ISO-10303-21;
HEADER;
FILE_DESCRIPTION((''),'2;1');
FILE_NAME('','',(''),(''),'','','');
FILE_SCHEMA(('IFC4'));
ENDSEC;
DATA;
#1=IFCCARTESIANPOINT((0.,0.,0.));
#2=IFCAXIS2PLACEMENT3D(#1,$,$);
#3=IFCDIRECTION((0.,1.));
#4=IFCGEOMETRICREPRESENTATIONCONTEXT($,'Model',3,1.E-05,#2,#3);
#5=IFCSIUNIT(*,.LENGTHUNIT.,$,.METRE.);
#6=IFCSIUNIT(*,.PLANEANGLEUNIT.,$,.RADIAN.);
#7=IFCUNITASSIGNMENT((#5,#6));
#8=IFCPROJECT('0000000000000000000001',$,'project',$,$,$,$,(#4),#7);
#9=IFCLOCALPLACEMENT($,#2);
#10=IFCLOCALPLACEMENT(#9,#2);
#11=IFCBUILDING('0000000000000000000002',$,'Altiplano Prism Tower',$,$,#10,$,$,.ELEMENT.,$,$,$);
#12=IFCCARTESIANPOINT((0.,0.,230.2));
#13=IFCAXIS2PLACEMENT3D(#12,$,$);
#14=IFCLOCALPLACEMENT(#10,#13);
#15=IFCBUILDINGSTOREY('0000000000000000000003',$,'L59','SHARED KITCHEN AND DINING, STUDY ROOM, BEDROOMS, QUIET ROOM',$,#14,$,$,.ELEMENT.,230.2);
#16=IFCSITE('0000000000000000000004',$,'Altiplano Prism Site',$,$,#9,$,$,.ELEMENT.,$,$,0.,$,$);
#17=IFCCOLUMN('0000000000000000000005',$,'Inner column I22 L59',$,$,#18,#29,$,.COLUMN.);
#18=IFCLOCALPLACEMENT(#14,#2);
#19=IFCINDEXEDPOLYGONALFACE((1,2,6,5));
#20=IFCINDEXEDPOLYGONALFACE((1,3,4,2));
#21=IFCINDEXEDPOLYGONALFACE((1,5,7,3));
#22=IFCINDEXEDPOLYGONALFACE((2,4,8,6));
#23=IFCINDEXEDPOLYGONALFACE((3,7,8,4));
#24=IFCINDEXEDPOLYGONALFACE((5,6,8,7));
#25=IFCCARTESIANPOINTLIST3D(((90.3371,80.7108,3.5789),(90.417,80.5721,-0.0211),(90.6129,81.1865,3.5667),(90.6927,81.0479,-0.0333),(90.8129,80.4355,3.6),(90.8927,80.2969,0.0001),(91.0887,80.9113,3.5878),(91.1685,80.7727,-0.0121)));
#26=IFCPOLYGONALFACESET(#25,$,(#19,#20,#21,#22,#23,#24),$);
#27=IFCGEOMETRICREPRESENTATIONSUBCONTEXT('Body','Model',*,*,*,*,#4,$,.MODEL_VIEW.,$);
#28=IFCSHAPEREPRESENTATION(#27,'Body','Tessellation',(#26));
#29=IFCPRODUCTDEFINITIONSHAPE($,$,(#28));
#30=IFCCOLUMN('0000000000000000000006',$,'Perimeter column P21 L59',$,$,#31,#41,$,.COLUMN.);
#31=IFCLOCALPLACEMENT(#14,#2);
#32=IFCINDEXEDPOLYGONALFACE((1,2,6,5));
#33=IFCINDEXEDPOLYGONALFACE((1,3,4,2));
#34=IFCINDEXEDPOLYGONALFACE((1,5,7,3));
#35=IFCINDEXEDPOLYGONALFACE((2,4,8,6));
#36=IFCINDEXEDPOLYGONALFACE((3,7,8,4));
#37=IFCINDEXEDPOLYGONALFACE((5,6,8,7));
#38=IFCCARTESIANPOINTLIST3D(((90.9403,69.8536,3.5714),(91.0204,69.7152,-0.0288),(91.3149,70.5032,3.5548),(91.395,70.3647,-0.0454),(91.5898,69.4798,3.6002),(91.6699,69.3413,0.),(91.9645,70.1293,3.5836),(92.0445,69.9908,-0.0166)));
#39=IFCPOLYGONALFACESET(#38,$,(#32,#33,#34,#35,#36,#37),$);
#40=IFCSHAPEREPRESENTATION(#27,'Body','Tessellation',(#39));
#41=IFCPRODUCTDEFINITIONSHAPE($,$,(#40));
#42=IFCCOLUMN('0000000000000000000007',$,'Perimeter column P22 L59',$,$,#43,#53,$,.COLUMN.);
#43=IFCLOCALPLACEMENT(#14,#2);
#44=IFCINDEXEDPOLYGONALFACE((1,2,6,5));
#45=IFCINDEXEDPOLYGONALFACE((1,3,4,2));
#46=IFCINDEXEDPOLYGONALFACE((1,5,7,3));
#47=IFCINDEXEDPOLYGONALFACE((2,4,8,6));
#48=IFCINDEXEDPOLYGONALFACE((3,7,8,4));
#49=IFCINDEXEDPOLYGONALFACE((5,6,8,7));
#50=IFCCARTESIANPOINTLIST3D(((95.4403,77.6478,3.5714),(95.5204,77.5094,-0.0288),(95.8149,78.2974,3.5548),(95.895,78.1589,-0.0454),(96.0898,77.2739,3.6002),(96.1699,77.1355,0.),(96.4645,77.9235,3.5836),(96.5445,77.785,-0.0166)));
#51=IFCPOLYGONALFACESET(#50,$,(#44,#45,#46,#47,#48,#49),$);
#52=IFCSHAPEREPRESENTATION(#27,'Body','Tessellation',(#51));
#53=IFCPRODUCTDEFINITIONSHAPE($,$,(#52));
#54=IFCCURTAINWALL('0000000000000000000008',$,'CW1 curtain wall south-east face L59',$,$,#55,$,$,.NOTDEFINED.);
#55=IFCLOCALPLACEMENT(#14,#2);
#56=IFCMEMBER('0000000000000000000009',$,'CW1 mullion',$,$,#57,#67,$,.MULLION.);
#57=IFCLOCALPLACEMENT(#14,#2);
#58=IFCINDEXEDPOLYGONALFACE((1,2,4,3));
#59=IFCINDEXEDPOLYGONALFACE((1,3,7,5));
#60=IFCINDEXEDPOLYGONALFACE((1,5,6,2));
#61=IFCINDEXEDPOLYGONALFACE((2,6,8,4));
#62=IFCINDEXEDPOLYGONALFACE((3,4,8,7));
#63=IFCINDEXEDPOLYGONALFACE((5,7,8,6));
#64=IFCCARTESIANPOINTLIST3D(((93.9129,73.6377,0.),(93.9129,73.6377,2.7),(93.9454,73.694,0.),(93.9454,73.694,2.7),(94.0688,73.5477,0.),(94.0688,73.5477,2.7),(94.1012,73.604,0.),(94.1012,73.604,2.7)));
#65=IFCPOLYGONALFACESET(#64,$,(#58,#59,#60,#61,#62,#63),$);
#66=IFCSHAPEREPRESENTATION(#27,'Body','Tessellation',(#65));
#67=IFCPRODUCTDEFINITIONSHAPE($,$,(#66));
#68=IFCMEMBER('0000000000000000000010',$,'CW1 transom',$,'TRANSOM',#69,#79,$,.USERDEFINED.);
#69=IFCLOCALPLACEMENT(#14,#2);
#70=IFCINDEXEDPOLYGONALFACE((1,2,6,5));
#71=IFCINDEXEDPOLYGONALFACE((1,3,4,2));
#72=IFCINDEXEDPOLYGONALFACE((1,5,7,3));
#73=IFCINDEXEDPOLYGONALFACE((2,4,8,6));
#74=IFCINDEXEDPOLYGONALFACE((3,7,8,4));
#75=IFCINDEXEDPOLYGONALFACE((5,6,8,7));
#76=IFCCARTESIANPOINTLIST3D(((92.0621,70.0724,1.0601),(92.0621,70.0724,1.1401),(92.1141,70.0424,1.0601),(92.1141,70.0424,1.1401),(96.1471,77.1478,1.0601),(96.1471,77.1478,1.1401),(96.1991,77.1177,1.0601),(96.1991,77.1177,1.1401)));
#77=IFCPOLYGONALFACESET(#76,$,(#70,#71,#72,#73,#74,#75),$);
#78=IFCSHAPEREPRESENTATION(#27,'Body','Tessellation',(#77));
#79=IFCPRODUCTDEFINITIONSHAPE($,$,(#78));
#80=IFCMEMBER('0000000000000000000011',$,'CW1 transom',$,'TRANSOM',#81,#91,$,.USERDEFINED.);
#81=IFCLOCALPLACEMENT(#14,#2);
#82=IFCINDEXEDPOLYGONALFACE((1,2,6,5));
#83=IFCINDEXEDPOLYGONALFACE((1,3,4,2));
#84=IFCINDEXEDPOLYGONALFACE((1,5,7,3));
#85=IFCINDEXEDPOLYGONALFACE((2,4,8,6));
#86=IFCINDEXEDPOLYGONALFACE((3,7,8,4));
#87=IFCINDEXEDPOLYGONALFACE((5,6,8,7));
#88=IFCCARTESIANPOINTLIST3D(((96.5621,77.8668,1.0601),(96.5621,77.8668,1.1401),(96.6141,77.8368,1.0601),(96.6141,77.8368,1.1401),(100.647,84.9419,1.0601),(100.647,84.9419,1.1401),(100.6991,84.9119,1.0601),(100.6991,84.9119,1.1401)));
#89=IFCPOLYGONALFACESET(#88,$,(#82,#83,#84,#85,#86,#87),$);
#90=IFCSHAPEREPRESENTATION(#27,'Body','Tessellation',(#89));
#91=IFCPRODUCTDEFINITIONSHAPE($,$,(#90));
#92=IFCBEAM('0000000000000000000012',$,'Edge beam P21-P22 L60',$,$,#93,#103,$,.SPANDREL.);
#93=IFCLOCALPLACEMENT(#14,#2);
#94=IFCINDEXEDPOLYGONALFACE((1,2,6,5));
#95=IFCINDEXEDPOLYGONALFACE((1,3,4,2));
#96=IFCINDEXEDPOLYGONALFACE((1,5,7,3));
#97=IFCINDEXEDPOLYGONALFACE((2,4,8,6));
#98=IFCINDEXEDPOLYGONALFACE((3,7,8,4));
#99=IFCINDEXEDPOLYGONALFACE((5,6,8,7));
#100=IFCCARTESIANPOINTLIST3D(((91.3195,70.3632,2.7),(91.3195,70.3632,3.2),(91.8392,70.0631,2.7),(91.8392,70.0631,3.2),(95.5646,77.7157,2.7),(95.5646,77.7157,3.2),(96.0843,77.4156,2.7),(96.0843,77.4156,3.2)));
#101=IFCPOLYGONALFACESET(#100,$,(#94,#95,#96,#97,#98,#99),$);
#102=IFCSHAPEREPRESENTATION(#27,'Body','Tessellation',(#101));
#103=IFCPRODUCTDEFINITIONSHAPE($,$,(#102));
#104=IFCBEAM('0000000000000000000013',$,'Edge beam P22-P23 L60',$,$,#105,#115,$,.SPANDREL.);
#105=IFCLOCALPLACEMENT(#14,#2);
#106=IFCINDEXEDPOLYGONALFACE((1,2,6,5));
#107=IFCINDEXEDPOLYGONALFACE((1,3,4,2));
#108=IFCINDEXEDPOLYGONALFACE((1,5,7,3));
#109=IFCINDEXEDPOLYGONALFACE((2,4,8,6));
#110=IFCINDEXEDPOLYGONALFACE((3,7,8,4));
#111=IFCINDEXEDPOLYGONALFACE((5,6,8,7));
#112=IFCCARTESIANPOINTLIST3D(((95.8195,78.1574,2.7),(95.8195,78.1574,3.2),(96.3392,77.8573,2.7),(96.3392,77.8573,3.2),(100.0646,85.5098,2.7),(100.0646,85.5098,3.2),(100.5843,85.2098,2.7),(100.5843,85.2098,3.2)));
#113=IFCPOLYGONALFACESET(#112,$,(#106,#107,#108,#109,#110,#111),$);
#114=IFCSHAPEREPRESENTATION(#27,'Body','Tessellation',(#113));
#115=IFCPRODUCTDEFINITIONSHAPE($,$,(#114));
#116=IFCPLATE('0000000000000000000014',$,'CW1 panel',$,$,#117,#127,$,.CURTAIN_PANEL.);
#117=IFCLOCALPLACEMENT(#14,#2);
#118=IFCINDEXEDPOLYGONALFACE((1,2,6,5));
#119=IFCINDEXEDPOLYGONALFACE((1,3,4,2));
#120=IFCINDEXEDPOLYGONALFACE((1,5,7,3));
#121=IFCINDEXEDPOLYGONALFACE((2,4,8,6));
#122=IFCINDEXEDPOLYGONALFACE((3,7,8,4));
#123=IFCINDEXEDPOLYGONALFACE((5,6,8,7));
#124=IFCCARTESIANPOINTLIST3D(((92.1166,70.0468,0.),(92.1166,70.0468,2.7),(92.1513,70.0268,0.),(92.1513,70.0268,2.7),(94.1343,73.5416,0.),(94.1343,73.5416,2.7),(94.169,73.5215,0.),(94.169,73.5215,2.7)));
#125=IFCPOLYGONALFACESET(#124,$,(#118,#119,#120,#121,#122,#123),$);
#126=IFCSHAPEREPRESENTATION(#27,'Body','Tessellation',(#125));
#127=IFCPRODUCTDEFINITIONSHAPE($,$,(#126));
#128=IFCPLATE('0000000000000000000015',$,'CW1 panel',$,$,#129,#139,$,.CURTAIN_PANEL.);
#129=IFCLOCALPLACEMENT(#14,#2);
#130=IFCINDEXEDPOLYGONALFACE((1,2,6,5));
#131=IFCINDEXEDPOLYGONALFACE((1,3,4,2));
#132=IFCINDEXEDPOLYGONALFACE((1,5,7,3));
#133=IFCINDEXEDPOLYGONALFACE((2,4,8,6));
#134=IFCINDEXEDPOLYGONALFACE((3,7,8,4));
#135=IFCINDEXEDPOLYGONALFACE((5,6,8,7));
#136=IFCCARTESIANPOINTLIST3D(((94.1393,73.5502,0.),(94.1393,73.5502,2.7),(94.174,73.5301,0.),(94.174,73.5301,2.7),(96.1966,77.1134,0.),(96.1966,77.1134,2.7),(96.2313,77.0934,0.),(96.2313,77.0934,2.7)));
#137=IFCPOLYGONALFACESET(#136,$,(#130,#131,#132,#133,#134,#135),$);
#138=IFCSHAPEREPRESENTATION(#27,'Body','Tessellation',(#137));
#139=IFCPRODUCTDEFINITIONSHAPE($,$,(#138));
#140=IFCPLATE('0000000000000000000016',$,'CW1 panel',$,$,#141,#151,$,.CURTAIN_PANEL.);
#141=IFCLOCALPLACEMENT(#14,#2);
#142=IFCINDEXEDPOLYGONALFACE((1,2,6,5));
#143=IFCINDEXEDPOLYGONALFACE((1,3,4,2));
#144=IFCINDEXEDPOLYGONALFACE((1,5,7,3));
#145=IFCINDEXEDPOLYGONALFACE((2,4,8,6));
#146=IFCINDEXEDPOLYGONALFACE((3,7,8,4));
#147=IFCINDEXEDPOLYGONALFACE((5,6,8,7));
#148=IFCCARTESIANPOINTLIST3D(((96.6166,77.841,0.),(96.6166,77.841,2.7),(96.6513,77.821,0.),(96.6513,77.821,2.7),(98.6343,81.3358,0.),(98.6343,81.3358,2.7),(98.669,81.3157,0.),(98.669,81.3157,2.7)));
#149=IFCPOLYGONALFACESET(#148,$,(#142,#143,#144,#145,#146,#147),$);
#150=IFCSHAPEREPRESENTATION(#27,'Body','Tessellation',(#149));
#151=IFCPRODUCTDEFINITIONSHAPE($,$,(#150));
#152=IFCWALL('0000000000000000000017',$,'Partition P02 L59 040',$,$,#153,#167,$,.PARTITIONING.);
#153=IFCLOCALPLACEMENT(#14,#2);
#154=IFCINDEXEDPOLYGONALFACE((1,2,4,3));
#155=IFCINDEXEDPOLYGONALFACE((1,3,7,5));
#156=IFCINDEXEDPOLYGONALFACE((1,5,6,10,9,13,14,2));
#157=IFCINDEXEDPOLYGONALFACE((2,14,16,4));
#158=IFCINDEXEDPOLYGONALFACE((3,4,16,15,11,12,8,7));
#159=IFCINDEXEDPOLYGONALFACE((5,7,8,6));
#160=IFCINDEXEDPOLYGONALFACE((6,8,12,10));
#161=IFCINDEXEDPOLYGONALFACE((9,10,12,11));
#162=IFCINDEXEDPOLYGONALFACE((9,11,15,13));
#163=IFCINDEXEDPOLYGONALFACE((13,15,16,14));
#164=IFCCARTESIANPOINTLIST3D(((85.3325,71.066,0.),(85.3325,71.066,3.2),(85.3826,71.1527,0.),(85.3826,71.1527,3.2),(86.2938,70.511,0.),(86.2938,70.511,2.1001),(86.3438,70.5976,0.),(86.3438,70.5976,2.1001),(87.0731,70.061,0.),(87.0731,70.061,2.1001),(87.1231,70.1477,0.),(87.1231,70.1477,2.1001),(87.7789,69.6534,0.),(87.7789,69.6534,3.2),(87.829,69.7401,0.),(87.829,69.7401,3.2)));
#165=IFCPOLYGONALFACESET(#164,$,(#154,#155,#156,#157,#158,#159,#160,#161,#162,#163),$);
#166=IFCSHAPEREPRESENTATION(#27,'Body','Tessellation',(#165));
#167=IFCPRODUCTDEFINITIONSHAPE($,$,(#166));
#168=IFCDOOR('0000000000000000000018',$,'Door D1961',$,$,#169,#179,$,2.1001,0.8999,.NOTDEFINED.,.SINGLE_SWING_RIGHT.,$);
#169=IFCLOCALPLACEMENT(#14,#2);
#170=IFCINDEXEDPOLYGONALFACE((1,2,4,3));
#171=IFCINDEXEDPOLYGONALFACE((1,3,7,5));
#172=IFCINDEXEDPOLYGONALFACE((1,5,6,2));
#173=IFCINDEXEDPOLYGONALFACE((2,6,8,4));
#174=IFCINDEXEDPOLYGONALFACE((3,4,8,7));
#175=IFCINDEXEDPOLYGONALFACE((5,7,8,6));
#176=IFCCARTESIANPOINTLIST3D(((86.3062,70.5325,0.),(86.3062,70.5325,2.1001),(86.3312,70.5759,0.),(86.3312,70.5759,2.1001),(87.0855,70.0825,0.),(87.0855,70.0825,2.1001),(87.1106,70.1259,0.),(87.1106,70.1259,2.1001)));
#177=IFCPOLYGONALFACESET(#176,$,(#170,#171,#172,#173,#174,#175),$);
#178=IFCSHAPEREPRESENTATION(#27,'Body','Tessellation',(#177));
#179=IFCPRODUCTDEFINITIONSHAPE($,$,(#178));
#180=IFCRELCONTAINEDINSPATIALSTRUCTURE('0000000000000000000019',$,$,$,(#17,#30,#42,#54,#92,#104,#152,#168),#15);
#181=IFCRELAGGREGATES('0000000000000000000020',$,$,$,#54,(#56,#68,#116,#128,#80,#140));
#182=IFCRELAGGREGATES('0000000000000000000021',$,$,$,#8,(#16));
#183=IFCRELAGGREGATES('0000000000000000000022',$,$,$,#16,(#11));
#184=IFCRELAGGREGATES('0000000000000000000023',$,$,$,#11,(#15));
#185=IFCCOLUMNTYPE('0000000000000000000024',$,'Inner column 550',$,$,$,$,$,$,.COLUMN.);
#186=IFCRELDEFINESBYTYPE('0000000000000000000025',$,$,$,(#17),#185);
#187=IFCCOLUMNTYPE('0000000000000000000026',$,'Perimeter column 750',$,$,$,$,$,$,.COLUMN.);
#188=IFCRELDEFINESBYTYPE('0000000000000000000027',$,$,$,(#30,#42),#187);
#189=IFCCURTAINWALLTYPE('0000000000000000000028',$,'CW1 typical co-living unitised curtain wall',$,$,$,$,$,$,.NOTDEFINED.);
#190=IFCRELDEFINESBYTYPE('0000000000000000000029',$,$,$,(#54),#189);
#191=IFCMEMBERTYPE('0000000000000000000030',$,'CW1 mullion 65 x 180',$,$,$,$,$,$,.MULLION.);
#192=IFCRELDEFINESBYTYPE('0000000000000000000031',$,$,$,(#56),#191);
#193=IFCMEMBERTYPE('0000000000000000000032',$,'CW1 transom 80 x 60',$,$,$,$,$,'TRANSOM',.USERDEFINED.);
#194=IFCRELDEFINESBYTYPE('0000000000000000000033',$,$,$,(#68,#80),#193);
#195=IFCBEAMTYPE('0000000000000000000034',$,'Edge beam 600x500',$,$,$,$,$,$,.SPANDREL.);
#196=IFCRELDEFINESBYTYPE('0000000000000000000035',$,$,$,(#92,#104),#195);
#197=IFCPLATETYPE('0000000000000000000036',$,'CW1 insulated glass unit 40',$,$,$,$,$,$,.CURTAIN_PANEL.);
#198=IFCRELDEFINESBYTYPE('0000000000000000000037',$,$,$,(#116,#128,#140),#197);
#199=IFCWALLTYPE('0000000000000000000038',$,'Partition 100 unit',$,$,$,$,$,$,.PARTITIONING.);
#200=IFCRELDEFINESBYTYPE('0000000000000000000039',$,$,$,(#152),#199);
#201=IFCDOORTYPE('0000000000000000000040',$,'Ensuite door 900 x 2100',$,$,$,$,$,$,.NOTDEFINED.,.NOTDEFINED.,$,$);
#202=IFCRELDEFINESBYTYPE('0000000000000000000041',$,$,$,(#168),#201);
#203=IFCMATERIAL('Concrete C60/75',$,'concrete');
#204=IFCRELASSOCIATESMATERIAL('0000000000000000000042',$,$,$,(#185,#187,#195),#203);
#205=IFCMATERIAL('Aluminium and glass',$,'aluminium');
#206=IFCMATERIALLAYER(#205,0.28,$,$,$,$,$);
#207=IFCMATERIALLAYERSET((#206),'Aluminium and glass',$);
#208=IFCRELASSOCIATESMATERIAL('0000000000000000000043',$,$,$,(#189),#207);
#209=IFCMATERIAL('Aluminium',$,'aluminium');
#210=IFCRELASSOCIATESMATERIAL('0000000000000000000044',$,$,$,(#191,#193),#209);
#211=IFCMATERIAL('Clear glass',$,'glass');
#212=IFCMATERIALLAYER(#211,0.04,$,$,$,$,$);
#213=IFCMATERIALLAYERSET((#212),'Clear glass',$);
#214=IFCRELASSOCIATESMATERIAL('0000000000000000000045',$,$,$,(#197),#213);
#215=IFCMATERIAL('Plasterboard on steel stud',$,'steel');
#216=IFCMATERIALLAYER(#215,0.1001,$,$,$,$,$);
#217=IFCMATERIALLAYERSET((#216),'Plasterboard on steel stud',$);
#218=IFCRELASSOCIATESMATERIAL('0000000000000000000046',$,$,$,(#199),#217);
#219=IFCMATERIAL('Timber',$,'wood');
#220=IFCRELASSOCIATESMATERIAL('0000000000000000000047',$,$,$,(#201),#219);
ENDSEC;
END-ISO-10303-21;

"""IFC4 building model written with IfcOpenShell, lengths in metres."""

from ifc_helpers import new_model, si_unit, direction, frame, frame_2d, origin, origin_2d, place, context, subcontext, project, spatial, rectangle, extrude, material, layer, layer_set, material_profile, profile_set, type_object, element, fill, aggregate, save


model = new_model("IFC4")

# Units and contexts
model_context = context("Model", 3, precision=1e-05, world=origin(), true_north=direction((0.0, 1.0)))
body_context = subcontext(model_context, "Body", "Model", "MODEL_VIEW")
ifc_project = project(units=[si_unit("LENGTHUNIT", "METRE"), si_unit("PLANEANGLEUNIT", "RADIAN")], contexts=[model_context])

# Site, building, storey
site_placement = place(None, origin())
site = spatial("IfcSite", under=ifc_project, at=site_placement, Name="Altiplano Prism Site", CompositionType="ELEMENT", RefElevation=0.0)
building_placement = place(site_placement, origin())
building = spatial("IfcBuilding", under=site, at=building_placement, Name="Altiplano Prism Tower", CompositionType="ELEMENT")
storey_placement = place(building_placement, frame((0.0, 0.0, 230.2)))
storey = spatial("IfcBuildingStorey", under=building, at=storey_placement, Name="L59", Description="SHARED KITCHEN AND DINING, STUDY ROOM, BEDROOMS, QUIET ROOM", CompositionType="ELEMENT", Elevation=230.2)

# Columns
ifc_material_1 = material(Name="Concrete C60/75", Category="concrete")
ifc_material_profile_1 = material_profile(ifc_material_1, rectangle(XDim=0.55, YDim=0.55, at=origin_2d()), Name="Inner column 550")
ifc_profile_set_1 = profile_set([ifc_material_profile_1], Name="Concrete C60/75")
column_type_1 = type_object("IfcColumnType", Name="Inner column 550", PredefinedType="COLUMN", material=ifc_profile_set_1)
column_placement = place(storey_placement, frame((90.7927, 80.6724, -0.0166), z_axis=(-0.022155, 0.038484, 0.999014), x_axis=(-0.501318, -0.864978, 0.022203)))
element("IfcColumn", 1, at=column_placement, inside=storey, type_object=column_type_1, Name="Inner column I22 L59", PredefinedType="COLUMN", context=body_context, shape_type="SweptSolid", body=[
    extrude(rectangle(XDim=0.55, YDim=0.55, at=origin_2d()), origin(), (0.0, 0.0, 1.0), 3.6035),
])
ifc_material_profile_2 = material_profile(ifc_material_1, rectangle(XDim=0.75, YDim=0.75, at=origin_2d()), Name="Perimeter column 750")
ifc_profile_set_2 = profile_set([ifc_material_profile_2], Name="Concrete C60/75")
column_type_2 = type_object("IfcColumnType", Name="Perimeter column 750", PredefinedType="COLUMN", material=ifc_profile_set_2)
for number, where, z_axis, x_axis, name in (
    (2, (91.5325, 69.853, -0.0227), (-0.022221, 0.038413, 0.999015), (-0.499513, -0.866022, 0.022189), "Perimeter column P21 L59"),
    (3, (96.0325, 77.6472, -0.0227), (-0.022221, 0.038413, 0.999015), (-0.499513, -0.866022, 0.022189), "Perimeter column P22 L59"),
):
    element("IfcColumn", number, at=place(storey_placement, frame(where, z_axis=z_axis, x_axis=x_axis)), inside=storey, type_object=column_type_2, Name=name, PredefinedType="COLUMN", context=body_context, shape_type="SweptSolid", body=[
        extrude(rectangle(XDim=0.75, YDim=0.75, at=origin_2d()), origin(), (0.0, 0.0, 1.0), 3.6038),
    ])

# Curtain wall, members
ifc_material_2 = material(Name="Aluminium and glass", Category="aluminium")
ifc_layer_1 = layer(ifc_material_2, 0.28)
ifc_layer_set_1 = layer_set([ifc_layer_1], Name="Aluminium and glass")
curtain_wall_type = type_object("IfcCurtainWallType", Name="CW1 typical co-living unitised curtain wall", PredefinedType="NOTDEFINED", material=ifc_layer_set_1)
curtain_wall_placement = place(storey_placement, origin())
curtain_wall = element("IfcCurtainWall", 4, at=curtain_wall_placement, inside=storey, type_object=curtain_wall_type, Name="CW1 curtain wall south-east face L59", PredefinedType="NOTDEFINED")
ifc_material_3 = material(Name="Aluminium", Category="aluminium")
ifc_material_profile_3 = material_profile(ifc_material_3, rectangle(XDim=0.1799, YDim=0.0649, at=origin_2d()), Name="CW1 mullion 65 x 180")
ifc_profile_set_3 = profile_set([ifc_material_profile_3], Name="Aluminium")
member_type_1 = type_object("IfcMemberType", Name="CW1 mullion 65 x 180", PredefinedType="MULLION", material=ifc_profile_set_3)
member_1_placement = place(storey_placement, frame((94.0071, 73.6208, 0.0), z_axis=(0.0, 0.0, 1.0), x_axis=(-0.866025, 0.5, 0.0)))
member_1 = element("IfcMember", 5, at=member_1_placement, type_object=member_type_1, Name="CW1 mullion", PredefinedType="MULLION", context=body_context, shape_type="SweptSolid", body=[
    extrude(rectangle(XDim=0.1799, YDim=0.0649, at=origin_2d()), origin(), (0.0, 0.0, 1.0), 2.7),
])
ifc_material_profile_4 = material_profile(ifc_material_3, rectangle(XDim=0.0601, YDim=0.0801, at=origin_2d()), Name="CW1 transom 80 x 60")
ifc_profile_set_4 = profile_set([ifc_material_profile_4], Name="Aluminium")
member_type_2 = type_object("IfcMemberType", Name="CW1 transom 80 x 60", ElementType="TRANSOM", PredefinedType="USERDEFINED", material=ifc_profile_set_4)
member_2_placement = place(storey_placement, frame((92.0881, 70.0574, 1.1001), z_axis=(0.499996, 0.866028, 0.0), x_axis=(-0.866028, 0.499996, 0.0)))
member_2 = element("IfcMember", 6, at=member_2_placement, type_object=member_type_2, Name="CW1 transom", ObjectType="TRANSOM", PredefinedType="USERDEFINED", context=body_context, shape_type="SweptSolid", body=[
    extrude(rectangle(XDim=0.0601, YDim=0.0801, at=origin_2d()), origin(), (0.0, 0.0, 1.0), 8.1699),
])
member_3_placement = place(storey_placement, frame((96.5881, 77.8518, 1.1001), z_axis=(0.500009, 0.86602, 0.0), x_axis=(-0.86602, 0.500009, 0.0)))
member_3 = element("IfcMember", 7, at=member_3_placement, type_object=member_type_2, Name="CW1 transom", ObjectType="TRANSOM", PredefinedType="USERDEFINED", context=body_context, shape_type="SweptSolid", body=[
    extrude(rectangle(XDim=0.0601, YDim=0.0801, at=origin_2d()), origin(), (0.0, 0.0, 1.0), 8.1697),
])

# Beams
ifc_material_profile_5 = material_profile(ifc_material_1, rectangle(XDim=0.6001, YDim=0.5, at=origin_2d()), Name="Edge beam 600x500")
ifc_profile_set_5 = profile_set([ifc_material_profile_5], Name="Concrete C60/75")
beam_type = type_object("IfcBeamType", Name="Edge beam 600x500", PredefinedType="SPANDREL", material=ifc_profile_set_5)
for number, where, z_axis, x_axis, name in (
    (8, (91.5793, 70.2131, 2.95), (0.500011, 0.866019, 0.0), (-0.866019, 0.500011, 0.0), "Edge beam P21-P22 L60"),
    (9, (96.0793, 78.0073, 2.95), (0.500011, 0.866019, 0.0), (-0.866019, 0.500011, 0.0), "Edge beam P22-P23 L60"),
):
    element("IfcBeam", number, at=place(storey_placement, frame(where, z_axis=z_axis, x_axis=x_axis)), inside=storey, type_object=beam_type, Name=name, PredefinedType="SPANDREL", context=body_context, shape_type="SweptSolid", body=[
        extrude(rectangle(XDim=0.6001, YDim=0.5, at=origin_2d()), origin(), (0.0, 0.0, 1.0), 8.49),
    ])

# Plates
ifc_material_4 = material(Name="Clear glass", Category="glass")
ifc_layer_2 = layer(ifc_material_4, 0.04)
ifc_layer_set_2 = layer_set([ifc_layer_2], Name="Clear glass")
plate_type = type_object("IfcPlateType", Name="CW1 insulated glass unit 40", PredefinedType="CURTAIN_PANEL", material=ifc_layer_set_2)
plate_1_placement = place(storey_placement, frame((93.1428, 71.7842, 0.0), z_axis=(0.0, 0.0, 1.0), x_axis=(0.5, 0.866025, 0.0)))
plate_1 = element("IfcPlate", 10, at=plate_1_placement, type_object=plate_type, Name="CW1 panel", PredefinedType="CURTAIN_PANEL", context=body_context, shape_type="SweptSolid", body=[
    extrude(rectangle(XDim=4.0354, YDim=0.04, at=origin_2d()), origin(), (0.0, 0.0, 1.0), 2.7),
])
plate_2_placement = place(storey_placement, frame((95.1853, 75.3218, 0.0), z_axis=(0.0, 0.0, 1.0), x_axis=(0.5, 0.866025, 0.0)))
plate_2 = element("IfcPlate", 11, at=plate_2_placement, type_object=plate_type, Name="CW1 panel", PredefinedType="CURTAIN_PANEL", context=body_context, shape_type="SweptSolid", body=[
    extrude(rectangle(XDim=4.1145, YDim=0.04, at=origin_2d()), origin(), (0.0, 0.0, 1.0), 2.7),
])
plate_3_placement = place(storey_placement, frame((97.6428, 79.5784, 0.0), z_axis=(0.0, 0.0, 1.0), x_axis=(0.5, 0.866025, 0.0)))
plate_3 = element("IfcPlate", 12, at=plate_3_placement, type_object=plate_type, Name="CW1 panel", PredefinedType="CURTAIN_PANEL", context=body_context, shape_type="SweptSolid", body=[
    extrude(rectangle(XDim=4.0354, YDim=0.04, at=origin_2d()), origin(), (0.0, 0.0, 1.0), 2.7),
])
aggregate(curtain_wall, [member_1, member_2, plate_1, plate_2, member_3, plate_3])

# Wall, opening, door
ifc_material_5 = material(Name="Plasterboard on steel stud", Category="steel")
ifc_layer_3 = layer(ifc_material_5, 0.1001)
ifc_layer_set_3 = layer_set([ifc_layer_3], Name="Plasterboard on steel stud")
wall_type_1 = type_object("IfcWallType", Name="Partition 100 unit", PredefinedType="PARTITIONING", material=ifc_layer_set_3)
wall_1_placement = place(storey_placement, frame((85.3574, 71.1094, 0.0), z_axis=(0.0, 0.0, 1.0), x_axis=(0.866011, -0.500024, 0.0)))
wall_1 = element("IfcWall", 13, at=wall_1_placement, inside=storey, type_object=wall_type_1, Name="Partition P02 L59 040", PredefinedType="PARTITIONING", context=body_context, shape_type="SweptSolid", body=[
    extrude(rectangle(XDim=2.825, YDim=0.1001, at=frame_2d((1.4126, 0.0))), origin(), (0.0, 0.0, 1.0), 3.2),
])
opening_1_placement = place(wall_1_placement, frame((1.1101, 0.0, 0.0)))
opening_1 = element("IfcOpeningElement", 14, at=opening_1_placement, cuts=wall_1, PredefinedType="OPENING", context=body_context, shape_type="SweptSolid", body=[
    extrude(rectangle(XDim=0.8999, YDim=2.1001, at=frame_2d((0.45, 1.05))), frame((0.0, 0.0605, 0.0), z_axis=(0.0, -1.0, 0.0), x_axis=(1.0, 0.0, 0.0)), (0.0, 0.0, 1.0), 0.1211),
])
ifc_material_6 = material(Name="Timber", Category="wood")
door_type_1 = type_object("IfcDoorType", Name="Ensuite door 900 x 2100", OperationType="NOTDEFINED", PredefinedType="NOTDEFINED", material=ifc_material_6)
door_1_placement = place(opening_1_placement, origin())
door_1 = element("IfcDoor", 15, at=door_1_placement, inside=storey, type_object=door_type_1, Name="Door D1961", OperationType="SINGLE_SWING_RIGHT", OverallHeight=2.1001, OverallWidth=0.8999, PredefinedType="NOTDEFINED", context=body_context, shape_type="SweptSolid", body=[
    extrude(rectangle(XDim=0.8999, YDim=2.1001, at=frame_2d((0.45, 1.05))), frame((0.0, 0.0249, 0.0), z_axis=(0.0, -1.0, 0.0), x_axis=(1.0, 0.0, 0.0)), (0.0, 0.0, 1.0), 0.05),
])
fill(opening_1, door_1)

save(model, "model.ifc")
